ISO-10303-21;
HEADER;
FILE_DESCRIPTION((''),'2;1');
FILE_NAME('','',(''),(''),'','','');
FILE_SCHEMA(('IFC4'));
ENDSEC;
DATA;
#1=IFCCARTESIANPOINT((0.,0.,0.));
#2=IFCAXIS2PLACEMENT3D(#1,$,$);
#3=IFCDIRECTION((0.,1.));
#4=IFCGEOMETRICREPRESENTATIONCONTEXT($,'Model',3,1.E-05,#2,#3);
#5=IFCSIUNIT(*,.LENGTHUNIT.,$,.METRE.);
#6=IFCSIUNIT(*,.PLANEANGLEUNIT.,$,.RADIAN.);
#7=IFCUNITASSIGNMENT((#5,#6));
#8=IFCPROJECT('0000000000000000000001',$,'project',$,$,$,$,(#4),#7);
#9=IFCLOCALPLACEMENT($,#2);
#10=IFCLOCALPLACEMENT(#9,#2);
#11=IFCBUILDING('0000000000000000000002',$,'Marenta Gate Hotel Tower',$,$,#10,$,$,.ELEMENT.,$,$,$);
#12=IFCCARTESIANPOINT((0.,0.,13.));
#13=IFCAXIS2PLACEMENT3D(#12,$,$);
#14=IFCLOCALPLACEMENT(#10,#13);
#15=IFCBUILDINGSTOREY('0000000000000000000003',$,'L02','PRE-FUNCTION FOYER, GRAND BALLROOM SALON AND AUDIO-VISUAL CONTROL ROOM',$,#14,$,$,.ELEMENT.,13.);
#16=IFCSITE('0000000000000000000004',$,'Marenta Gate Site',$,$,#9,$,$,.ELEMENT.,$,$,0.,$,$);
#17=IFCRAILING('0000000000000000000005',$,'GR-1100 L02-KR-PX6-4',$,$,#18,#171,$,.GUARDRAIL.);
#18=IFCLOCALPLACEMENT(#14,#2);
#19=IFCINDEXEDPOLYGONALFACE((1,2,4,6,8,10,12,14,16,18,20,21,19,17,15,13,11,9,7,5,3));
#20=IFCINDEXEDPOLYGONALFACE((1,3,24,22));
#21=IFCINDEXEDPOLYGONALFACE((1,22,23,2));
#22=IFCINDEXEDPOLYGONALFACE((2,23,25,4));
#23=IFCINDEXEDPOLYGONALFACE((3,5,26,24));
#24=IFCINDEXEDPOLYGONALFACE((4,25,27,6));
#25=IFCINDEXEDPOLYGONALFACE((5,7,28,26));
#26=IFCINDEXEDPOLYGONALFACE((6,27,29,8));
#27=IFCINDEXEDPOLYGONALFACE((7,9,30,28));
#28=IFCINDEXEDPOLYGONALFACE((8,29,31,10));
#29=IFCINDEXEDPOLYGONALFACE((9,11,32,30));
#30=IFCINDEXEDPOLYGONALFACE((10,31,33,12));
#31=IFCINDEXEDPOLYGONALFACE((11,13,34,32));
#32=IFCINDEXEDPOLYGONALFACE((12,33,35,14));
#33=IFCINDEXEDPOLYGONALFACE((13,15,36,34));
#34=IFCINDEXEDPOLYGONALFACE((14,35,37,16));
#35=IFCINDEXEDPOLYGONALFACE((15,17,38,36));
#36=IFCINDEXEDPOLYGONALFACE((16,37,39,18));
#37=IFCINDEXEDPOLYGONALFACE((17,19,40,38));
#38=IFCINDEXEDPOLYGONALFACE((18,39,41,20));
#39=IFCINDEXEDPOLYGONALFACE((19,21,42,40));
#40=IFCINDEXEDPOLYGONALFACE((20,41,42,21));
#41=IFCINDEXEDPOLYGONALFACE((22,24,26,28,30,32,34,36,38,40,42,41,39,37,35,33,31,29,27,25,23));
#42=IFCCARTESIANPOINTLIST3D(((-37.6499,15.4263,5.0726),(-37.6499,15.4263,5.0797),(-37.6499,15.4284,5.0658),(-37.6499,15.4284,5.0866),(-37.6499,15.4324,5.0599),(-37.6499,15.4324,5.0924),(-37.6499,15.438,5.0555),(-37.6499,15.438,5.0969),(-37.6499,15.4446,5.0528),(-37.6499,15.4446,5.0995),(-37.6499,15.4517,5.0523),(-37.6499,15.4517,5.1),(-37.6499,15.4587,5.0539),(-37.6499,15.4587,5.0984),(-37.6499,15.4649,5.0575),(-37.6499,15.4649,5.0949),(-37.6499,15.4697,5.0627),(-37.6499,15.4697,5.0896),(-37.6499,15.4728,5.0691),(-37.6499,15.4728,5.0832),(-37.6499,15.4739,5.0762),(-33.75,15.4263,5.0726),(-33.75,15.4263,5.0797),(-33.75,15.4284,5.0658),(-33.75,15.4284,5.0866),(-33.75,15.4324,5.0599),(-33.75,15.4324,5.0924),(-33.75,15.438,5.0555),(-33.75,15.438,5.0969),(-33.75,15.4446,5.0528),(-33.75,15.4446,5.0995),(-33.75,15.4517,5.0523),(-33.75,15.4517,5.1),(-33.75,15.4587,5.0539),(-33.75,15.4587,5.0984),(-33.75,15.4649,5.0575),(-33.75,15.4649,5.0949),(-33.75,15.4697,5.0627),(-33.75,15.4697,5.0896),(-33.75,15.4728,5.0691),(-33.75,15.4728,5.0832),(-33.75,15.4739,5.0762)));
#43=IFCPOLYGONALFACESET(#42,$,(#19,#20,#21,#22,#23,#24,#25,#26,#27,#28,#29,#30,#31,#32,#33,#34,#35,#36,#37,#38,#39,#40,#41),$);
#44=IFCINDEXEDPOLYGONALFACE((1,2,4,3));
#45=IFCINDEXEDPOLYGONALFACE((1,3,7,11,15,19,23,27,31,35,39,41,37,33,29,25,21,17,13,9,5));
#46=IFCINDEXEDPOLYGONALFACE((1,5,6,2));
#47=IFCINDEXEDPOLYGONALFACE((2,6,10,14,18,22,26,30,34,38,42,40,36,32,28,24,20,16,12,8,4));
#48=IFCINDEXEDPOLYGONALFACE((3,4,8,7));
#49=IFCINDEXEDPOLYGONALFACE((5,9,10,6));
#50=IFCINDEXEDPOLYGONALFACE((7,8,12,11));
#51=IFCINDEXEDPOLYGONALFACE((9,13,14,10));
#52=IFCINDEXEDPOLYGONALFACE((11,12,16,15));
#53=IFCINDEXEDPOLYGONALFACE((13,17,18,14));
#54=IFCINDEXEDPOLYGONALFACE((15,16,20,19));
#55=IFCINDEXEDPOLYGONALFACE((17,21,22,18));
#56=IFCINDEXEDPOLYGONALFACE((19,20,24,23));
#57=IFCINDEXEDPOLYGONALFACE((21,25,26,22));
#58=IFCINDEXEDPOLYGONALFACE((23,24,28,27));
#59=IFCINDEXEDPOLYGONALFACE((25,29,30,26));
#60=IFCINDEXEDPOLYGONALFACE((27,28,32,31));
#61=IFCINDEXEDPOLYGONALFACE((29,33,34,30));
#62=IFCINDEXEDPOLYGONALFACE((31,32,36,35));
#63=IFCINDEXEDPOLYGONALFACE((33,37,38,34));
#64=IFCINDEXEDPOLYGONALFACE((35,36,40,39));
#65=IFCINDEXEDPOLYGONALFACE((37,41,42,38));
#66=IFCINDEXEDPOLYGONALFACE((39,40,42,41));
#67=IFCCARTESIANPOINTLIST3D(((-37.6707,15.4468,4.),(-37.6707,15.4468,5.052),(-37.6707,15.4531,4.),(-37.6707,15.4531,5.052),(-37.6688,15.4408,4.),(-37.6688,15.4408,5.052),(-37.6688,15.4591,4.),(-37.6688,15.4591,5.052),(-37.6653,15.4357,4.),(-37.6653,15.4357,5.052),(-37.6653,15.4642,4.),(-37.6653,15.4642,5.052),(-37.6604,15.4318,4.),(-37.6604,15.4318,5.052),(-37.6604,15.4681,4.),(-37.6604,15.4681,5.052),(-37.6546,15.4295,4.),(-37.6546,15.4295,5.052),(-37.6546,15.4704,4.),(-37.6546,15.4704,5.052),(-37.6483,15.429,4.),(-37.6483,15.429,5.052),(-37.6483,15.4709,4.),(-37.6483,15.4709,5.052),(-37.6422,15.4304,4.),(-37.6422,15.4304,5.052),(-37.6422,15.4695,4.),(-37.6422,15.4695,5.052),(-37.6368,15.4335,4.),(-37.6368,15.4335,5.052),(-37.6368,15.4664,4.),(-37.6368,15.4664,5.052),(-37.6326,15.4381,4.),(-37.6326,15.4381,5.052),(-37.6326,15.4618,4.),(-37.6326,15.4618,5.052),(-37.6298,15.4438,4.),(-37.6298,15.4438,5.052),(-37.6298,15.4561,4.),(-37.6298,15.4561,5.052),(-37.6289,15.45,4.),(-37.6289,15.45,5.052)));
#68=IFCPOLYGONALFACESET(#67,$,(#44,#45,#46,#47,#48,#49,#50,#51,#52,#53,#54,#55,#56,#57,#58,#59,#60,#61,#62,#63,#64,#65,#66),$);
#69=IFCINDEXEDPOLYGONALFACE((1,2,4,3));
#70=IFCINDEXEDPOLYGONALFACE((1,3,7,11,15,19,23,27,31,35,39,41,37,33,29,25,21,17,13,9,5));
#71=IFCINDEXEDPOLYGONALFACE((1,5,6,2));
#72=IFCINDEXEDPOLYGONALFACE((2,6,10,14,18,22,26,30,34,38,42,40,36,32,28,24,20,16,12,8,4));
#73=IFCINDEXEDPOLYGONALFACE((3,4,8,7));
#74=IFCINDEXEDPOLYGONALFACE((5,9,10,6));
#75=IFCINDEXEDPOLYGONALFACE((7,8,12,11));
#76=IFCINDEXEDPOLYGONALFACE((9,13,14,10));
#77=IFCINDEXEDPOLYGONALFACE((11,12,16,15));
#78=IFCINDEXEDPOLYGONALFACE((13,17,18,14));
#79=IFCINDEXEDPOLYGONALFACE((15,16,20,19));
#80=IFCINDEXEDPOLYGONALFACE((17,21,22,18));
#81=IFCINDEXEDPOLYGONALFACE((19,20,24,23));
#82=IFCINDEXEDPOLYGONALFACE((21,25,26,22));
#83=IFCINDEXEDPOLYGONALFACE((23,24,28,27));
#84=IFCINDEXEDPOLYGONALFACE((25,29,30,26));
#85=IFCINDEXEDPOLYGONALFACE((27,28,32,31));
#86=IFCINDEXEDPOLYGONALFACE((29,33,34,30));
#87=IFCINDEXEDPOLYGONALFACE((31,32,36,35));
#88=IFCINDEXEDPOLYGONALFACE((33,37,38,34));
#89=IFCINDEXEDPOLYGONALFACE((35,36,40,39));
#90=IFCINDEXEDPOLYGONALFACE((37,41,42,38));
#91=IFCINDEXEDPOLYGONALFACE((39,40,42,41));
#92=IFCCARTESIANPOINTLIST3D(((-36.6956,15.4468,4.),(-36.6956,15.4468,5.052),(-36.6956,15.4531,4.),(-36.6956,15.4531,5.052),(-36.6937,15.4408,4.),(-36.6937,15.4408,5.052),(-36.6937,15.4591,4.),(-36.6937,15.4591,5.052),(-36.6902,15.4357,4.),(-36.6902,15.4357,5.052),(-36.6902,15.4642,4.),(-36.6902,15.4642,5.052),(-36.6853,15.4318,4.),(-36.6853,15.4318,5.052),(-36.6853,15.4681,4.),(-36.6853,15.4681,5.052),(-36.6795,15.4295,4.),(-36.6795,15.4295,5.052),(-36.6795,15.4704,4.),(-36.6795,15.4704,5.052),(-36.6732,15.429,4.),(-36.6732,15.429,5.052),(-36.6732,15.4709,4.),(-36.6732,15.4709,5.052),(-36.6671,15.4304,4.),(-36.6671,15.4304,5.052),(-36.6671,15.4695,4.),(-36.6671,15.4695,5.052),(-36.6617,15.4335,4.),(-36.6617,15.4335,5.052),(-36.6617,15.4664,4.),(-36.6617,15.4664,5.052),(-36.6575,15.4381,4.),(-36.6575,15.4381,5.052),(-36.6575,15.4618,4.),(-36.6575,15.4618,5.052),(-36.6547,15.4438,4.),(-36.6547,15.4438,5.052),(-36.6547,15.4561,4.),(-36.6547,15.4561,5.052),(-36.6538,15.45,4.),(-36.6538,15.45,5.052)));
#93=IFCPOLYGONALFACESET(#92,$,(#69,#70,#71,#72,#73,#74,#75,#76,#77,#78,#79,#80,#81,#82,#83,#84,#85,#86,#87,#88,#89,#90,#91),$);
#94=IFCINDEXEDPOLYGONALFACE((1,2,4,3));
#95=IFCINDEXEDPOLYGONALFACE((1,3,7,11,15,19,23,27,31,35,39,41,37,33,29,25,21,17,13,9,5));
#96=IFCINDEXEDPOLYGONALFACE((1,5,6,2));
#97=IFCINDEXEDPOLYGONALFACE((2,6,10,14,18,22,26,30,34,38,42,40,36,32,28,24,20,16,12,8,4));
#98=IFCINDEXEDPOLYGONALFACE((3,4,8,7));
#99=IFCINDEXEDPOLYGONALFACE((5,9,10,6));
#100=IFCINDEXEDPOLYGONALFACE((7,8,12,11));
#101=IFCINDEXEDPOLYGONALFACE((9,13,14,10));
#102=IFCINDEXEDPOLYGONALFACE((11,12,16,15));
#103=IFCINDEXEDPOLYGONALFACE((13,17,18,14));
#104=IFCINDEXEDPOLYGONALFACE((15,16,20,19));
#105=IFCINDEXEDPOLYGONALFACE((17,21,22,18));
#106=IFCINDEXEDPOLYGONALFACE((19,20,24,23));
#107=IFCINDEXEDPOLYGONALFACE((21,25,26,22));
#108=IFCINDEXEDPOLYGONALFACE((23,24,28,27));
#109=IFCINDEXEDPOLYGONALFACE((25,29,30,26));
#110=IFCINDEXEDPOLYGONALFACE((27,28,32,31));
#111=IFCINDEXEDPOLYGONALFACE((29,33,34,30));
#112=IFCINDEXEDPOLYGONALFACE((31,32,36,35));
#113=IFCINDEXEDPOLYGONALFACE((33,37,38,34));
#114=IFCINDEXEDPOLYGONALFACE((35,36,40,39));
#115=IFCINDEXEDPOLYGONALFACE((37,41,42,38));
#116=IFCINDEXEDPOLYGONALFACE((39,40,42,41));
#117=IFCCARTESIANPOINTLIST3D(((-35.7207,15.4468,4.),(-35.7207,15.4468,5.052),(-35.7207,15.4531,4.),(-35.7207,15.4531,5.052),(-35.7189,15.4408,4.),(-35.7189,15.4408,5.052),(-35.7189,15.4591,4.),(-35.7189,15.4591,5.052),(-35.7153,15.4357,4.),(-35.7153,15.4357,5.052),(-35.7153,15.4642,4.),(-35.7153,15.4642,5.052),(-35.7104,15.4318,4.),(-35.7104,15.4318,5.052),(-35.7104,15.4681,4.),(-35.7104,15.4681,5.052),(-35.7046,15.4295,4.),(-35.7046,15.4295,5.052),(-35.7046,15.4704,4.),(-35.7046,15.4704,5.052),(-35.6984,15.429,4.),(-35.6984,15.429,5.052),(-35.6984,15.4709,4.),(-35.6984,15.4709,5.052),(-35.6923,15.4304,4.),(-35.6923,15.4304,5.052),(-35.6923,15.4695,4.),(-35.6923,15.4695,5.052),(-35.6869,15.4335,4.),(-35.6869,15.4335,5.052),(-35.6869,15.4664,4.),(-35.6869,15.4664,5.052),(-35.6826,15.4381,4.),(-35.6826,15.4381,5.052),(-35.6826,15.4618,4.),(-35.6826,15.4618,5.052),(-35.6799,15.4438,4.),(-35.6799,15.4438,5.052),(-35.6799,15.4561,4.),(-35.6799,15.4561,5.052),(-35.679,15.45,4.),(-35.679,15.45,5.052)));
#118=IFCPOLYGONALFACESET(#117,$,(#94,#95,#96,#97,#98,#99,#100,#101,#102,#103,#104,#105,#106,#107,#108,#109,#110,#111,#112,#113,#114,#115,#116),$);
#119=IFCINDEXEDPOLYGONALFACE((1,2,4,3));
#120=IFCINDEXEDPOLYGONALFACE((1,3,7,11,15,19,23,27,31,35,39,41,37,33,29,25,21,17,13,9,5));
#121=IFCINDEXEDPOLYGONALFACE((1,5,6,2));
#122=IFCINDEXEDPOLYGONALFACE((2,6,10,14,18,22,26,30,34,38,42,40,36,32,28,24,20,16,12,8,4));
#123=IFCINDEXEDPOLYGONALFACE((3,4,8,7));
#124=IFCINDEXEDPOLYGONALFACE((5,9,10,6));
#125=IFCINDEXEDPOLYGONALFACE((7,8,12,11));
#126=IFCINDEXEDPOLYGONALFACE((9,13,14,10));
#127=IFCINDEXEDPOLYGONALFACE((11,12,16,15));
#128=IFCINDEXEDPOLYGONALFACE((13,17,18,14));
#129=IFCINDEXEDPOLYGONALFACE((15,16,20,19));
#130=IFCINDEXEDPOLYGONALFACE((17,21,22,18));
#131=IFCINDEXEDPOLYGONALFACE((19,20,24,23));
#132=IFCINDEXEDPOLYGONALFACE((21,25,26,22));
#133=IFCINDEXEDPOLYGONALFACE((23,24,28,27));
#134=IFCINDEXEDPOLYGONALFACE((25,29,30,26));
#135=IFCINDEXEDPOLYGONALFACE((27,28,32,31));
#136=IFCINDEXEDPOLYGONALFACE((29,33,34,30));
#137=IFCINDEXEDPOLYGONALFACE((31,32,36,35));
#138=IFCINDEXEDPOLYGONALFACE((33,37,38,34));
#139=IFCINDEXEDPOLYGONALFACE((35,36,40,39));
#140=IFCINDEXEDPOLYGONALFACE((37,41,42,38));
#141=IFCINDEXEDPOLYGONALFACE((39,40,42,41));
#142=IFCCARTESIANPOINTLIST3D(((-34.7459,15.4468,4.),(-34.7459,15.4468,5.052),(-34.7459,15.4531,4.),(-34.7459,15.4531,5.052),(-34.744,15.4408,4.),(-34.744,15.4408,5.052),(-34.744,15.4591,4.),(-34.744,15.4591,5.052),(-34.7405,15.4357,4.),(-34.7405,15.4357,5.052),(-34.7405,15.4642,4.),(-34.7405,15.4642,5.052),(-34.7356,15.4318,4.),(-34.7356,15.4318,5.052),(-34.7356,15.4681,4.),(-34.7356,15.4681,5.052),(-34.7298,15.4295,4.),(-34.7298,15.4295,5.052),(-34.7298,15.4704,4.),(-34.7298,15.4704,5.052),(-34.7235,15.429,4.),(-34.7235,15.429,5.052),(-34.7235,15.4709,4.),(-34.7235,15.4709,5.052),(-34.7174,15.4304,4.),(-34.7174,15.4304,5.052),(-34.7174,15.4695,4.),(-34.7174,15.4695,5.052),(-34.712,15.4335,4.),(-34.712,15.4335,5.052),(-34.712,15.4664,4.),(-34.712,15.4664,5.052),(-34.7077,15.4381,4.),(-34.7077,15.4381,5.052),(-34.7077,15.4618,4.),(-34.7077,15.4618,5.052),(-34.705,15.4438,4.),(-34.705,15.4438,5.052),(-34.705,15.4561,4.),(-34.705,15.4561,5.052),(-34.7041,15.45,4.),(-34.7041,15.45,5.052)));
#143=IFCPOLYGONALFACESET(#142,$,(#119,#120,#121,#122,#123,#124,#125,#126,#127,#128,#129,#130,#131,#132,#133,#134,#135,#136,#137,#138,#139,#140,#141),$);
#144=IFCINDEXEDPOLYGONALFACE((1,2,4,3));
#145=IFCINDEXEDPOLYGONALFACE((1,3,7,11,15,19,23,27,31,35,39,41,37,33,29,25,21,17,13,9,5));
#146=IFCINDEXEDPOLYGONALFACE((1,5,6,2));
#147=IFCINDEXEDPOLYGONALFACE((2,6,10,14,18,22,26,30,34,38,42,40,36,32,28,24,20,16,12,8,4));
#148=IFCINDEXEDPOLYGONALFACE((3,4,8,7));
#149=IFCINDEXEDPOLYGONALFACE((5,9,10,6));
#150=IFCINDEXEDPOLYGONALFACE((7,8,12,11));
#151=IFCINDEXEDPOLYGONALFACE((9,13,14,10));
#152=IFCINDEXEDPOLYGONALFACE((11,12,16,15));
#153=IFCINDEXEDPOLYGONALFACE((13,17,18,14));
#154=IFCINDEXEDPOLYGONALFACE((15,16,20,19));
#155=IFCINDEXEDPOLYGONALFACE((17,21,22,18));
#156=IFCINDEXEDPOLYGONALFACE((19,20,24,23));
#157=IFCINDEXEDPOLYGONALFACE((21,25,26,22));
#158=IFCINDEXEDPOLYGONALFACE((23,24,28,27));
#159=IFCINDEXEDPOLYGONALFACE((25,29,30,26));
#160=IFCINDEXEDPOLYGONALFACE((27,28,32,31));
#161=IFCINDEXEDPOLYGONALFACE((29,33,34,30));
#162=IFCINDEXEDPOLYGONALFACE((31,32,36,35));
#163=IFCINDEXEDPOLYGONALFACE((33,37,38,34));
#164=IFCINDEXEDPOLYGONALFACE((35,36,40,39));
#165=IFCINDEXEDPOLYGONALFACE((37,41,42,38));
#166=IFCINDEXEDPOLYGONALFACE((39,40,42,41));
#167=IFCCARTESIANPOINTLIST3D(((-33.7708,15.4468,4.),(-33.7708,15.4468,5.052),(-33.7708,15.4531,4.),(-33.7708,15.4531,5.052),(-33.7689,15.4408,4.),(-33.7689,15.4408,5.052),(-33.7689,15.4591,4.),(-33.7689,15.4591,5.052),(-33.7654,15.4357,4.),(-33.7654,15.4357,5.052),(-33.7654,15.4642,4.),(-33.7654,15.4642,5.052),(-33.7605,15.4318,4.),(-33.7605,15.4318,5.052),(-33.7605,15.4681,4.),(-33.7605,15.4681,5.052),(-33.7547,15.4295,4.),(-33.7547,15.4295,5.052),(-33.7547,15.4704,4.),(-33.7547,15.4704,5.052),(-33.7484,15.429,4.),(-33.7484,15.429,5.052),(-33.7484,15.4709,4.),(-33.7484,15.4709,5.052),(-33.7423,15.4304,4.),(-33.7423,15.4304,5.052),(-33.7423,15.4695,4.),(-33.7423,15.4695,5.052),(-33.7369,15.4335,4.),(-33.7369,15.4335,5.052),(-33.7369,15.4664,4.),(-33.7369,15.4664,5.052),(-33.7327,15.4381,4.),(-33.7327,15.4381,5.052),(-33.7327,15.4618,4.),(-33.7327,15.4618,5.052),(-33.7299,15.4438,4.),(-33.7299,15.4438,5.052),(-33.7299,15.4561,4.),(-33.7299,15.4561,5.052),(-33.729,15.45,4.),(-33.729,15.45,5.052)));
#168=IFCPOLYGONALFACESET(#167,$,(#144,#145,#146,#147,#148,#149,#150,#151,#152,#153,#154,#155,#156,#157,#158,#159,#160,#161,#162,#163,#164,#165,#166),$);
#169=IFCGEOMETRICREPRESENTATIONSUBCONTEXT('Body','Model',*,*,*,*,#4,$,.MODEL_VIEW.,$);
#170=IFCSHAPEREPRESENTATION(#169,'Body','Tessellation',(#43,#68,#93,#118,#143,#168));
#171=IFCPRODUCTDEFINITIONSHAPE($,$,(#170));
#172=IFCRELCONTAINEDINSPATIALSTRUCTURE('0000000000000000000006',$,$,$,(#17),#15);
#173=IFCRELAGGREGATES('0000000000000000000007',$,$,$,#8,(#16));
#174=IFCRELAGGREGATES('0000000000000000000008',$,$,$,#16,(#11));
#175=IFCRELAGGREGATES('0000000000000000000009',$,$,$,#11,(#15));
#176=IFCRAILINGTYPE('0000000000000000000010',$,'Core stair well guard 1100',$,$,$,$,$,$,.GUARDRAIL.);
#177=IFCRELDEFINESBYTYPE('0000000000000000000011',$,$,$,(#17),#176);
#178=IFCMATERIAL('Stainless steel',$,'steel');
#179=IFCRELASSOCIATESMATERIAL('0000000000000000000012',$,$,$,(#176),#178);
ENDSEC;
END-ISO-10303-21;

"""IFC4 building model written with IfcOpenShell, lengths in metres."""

from ifc_helpers import new_model, si_unit, direction, frame, origin, origin_2d, place, context, subcontext, project, spatial, circle, extrude, material, type_object, element, save


model = new_model("IFC4")

# Units and contexts
model_context = context("Model", 3, precision=1e-05, world=origin(), true_north=direction((0.0, 1.0)))
body_context = subcontext(model_context, "Body", "Model", "MODEL_VIEW")
ifc_project = project(units=[si_unit("LENGTHUNIT", "METRE"), si_unit("PLANEANGLEUNIT", "RADIAN")], contexts=[model_context])

# Site, building, storey
site_placement = place(None, origin())
site = spatial("IfcSite", under=ifc_project, at=site_placement, Name="Marenta Gate Site", CompositionType="ELEMENT", RefElevation=0.0)
building_placement = place(site_placement, origin())
building = spatial("IfcBuilding", under=site, at=building_placement, Name="Marenta Gate Hotel Tower", CompositionType="ELEMENT")
storey_placement = place(building_placement, frame((0.0, 0.0, 13.0)))
storey = spatial("IfcBuildingStorey", under=building, at=storey_placement, Name="L02", Description="PRE-FUNCTION FOYER, GRAND BALLROOM SALON AND AUDIO-VISUAL CONTROL ROOM", CompositionType="ELEMENT", Elevation=13.0)

# Railing
ifc_material_1 = material(Name="Stainless steel", Category="steel")
railing_type_1 = type_object("IfcRailingType", Name="Core stair well guard 1100", PredefinedType="GUARDRAIL", material=ifc_material_1)
for number, where, name in (
    (1, (-37.6499, 15.45, 4.0), "GR-1100 L02-KR-PX6-4"),
):
    element("IfcRailing", number, at=place(storey_placement, frame(where)), inside=storey, type_object=railing_type_1, Name=name, PredefinedType="GUARDRAIL", context=body_context, shape_type="SweptSolid", body=[
        extrude(circle(Radius=0.0239, at=origin_2d()), frame((0.0, 0.0, 1.0762), z_axis=(1.0, 0.0, 0.0), x_axis=(0.0, 1.0, 0.0)), (0.0, 0.0, 1.0), 3.8999),
        extrude(circle(Radius=0.021, at=origin_2d()), origin(), (0.0, 0.0, 1.0), 1.052),
        extrude(circle(Radius=0.021, at=origin_2d()), frame((0.9751, 0.0, 0.0)), (0.0, 0.0, 1.0), 1.052),
        extrude(circle(Radius=0.021, at=origin_2d()), frame((1.95, 0.0, 0.0)), (0.0, 0.0, 1.0), 1.052),
        extrude(circle(Radius=0.021, at=origin_2d()), frame((2.9248, 0.0, 0.0)), (0.0, 0.0, 1.0), 1.052),
        extrude(circle(Radius=0.021, at=origin_2d()), frame((3.8999, 0.0, 0.0)), (0.0, 0.0, 1.0), 1.052),
    ])

save(model, "model.ifc")
